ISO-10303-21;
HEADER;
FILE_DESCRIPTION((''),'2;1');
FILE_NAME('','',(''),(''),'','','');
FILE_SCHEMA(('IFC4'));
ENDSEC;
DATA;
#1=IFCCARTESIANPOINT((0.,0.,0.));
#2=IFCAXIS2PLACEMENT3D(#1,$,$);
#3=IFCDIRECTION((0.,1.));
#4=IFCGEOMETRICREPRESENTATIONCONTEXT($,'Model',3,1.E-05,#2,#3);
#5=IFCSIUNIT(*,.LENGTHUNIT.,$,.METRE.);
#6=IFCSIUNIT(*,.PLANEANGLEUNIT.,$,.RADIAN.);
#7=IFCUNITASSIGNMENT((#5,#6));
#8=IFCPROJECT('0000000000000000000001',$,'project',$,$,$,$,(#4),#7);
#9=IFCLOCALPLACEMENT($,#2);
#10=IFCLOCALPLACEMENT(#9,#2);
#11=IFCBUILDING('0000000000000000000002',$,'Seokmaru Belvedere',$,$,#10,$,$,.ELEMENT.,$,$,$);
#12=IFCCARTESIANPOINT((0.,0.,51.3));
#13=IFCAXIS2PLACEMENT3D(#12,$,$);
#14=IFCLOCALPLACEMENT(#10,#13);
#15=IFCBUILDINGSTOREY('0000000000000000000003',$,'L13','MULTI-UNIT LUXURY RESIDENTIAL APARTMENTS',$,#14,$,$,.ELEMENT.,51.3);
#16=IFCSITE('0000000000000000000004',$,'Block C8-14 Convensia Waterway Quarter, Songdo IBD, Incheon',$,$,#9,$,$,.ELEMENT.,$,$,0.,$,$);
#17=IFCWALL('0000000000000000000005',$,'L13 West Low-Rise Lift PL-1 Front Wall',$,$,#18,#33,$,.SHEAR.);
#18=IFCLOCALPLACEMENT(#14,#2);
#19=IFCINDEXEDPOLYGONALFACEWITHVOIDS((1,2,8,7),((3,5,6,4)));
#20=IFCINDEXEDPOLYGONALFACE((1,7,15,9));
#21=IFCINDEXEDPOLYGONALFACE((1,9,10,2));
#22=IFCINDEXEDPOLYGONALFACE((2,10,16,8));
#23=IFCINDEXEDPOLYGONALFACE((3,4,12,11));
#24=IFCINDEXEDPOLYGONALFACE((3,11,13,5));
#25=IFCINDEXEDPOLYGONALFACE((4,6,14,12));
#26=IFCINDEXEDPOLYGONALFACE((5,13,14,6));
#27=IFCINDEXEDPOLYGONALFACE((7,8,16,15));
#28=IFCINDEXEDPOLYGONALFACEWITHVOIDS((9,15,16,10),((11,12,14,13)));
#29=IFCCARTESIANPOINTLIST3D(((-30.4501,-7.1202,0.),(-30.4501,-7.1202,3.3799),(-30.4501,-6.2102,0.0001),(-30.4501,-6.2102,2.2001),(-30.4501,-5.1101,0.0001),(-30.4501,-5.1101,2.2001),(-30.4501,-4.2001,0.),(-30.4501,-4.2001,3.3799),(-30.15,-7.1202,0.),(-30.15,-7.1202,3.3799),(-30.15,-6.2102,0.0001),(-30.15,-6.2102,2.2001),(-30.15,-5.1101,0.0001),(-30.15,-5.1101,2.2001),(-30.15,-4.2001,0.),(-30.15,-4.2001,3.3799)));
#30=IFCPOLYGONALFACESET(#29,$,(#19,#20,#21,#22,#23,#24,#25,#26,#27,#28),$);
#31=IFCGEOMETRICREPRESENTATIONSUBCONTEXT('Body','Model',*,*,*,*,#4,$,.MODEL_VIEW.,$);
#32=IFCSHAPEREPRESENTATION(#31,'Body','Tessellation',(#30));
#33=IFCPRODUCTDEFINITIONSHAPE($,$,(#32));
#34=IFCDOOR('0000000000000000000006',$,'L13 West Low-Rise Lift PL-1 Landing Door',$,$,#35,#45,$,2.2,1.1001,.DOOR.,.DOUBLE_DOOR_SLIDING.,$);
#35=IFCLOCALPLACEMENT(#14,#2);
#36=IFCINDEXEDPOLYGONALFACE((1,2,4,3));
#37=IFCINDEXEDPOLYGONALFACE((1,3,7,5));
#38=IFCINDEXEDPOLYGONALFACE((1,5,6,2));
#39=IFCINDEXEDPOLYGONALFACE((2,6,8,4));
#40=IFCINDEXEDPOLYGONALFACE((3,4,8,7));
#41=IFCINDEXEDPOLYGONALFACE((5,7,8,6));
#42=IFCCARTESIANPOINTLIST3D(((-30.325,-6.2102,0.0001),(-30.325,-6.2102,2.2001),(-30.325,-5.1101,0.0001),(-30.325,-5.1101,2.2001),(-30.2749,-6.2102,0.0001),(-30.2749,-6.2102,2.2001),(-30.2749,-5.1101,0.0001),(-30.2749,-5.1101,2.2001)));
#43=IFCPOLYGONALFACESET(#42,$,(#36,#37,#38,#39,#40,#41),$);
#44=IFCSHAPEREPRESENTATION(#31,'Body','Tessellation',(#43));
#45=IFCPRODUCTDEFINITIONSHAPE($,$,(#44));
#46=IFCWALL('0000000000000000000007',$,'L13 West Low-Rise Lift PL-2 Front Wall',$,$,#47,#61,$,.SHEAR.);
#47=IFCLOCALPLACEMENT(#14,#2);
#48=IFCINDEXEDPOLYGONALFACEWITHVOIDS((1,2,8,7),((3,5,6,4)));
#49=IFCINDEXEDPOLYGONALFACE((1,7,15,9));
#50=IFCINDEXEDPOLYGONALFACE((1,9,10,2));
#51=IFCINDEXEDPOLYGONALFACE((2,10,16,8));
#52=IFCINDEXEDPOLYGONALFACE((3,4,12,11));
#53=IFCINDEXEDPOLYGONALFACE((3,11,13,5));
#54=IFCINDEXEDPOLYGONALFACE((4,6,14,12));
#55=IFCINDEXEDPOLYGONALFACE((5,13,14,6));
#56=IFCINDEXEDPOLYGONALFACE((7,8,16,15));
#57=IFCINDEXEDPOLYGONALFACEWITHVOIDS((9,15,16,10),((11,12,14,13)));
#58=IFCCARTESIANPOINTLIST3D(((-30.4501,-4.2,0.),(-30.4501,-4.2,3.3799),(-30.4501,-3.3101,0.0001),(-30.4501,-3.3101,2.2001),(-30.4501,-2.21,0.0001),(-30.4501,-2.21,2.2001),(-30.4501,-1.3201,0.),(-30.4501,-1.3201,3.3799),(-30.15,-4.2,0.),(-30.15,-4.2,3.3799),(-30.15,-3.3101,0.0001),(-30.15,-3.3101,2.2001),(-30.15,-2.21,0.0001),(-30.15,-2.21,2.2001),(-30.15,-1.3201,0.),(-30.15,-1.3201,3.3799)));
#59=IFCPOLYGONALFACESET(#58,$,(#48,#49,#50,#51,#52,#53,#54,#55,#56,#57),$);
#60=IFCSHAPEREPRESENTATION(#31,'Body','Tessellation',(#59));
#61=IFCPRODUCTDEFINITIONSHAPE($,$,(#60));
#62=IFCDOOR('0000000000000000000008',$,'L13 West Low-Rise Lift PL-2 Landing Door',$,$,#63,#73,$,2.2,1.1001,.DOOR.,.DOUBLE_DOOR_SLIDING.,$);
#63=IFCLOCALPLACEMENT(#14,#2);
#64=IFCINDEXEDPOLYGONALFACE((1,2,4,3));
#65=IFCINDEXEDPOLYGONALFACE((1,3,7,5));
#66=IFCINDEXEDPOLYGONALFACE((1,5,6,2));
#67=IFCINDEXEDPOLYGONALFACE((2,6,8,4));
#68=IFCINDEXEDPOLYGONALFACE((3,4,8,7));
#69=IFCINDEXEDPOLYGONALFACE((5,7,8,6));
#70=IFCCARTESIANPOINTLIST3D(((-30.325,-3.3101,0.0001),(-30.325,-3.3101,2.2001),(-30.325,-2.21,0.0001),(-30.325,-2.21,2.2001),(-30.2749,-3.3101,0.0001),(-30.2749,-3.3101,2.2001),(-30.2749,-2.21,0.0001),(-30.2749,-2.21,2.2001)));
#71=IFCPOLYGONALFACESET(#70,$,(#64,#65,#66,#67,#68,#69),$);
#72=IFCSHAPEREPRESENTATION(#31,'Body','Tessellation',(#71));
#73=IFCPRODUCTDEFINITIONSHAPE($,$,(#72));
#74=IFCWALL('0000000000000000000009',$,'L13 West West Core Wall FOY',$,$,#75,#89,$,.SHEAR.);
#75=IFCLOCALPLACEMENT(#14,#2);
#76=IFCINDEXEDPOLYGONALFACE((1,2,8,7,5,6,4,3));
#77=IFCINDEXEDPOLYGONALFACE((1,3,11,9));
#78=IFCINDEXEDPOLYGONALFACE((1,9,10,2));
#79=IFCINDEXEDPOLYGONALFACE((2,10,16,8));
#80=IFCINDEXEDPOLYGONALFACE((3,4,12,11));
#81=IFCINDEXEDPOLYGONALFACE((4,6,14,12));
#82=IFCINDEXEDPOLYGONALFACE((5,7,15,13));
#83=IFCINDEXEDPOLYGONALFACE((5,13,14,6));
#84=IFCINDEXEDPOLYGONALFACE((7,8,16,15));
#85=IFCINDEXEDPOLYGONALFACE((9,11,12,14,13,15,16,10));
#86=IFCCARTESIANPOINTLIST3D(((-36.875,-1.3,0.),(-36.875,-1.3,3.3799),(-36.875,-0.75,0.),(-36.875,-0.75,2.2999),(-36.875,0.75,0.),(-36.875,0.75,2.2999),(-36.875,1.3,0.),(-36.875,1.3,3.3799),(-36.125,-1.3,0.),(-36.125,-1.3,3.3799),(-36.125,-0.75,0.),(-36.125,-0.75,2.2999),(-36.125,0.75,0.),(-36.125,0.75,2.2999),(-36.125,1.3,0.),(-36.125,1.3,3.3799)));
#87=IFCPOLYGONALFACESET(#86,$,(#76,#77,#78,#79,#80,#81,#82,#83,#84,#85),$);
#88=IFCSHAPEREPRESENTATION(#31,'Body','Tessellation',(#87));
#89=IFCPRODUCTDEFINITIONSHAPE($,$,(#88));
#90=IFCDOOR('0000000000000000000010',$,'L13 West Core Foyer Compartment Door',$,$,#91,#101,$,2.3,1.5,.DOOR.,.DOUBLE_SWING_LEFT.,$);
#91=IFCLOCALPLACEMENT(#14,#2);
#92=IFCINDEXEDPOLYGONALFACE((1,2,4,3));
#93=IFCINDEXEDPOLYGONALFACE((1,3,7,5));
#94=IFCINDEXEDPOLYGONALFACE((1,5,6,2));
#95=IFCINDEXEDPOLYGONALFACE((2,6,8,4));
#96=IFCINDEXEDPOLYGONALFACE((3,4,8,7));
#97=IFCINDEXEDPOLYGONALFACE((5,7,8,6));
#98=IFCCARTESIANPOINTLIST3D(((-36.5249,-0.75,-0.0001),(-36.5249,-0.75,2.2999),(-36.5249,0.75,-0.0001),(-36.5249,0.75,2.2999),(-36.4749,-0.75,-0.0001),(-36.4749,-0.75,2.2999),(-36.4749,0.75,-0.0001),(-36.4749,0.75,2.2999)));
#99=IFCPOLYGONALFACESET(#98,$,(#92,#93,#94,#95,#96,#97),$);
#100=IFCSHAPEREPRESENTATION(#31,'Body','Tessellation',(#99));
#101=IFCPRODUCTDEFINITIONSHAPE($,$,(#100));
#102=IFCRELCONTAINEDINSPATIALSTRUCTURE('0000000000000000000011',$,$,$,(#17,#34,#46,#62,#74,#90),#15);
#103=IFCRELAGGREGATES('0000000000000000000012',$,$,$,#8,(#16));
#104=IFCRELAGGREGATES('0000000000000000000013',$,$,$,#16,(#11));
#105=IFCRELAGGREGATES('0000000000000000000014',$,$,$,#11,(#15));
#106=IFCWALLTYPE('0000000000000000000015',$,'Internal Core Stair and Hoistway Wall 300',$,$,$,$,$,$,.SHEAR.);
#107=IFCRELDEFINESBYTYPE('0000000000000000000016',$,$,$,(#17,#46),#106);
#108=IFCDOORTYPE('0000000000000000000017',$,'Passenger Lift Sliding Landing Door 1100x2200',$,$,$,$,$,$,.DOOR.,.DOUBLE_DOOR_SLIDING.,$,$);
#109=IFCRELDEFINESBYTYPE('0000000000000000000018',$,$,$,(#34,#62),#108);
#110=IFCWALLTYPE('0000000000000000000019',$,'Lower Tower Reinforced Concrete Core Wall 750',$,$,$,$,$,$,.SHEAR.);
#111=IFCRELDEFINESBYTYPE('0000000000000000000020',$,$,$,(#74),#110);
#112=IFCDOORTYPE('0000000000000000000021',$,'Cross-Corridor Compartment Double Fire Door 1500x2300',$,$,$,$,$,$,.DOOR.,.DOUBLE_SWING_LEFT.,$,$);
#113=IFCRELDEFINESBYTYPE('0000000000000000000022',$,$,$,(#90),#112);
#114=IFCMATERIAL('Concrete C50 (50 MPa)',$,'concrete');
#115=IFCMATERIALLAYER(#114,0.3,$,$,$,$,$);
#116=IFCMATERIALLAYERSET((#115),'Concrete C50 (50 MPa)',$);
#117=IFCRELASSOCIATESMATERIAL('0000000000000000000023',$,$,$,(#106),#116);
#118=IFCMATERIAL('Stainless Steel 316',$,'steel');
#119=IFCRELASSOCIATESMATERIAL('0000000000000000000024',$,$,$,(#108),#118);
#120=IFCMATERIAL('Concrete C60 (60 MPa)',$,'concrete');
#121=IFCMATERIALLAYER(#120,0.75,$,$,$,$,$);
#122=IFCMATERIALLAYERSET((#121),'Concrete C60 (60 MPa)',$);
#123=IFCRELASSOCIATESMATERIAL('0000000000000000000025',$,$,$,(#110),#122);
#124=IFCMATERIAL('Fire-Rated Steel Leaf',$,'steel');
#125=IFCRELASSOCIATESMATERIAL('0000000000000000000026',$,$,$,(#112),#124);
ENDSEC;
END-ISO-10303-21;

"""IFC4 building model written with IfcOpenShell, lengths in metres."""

from ifc_helpers import new_model, si_unit, direction, frame, frame_2d, origin, place, context, subcontext, project, spatial, rectangle, extrude, source, transform, mapped, material, layer, layer_set, type_object, type_shapes, element, fill, save


model = new_model("IFC4")

# Units and contexts
model_context = context("Model", 3, precision=1e-05, world=origin(), true_north=direction((0.0, 1.0)))
body_context = subcontext(model_context, "Body", "Model", "MODEL_VIEW")
ifc_project = project(units=[si_unit("LENGTHUNIT", "METRE"), si_unit("PLANEANGLEUNIT", "RADIAN")], contexts=[model_context])

# Site, building, storey
site_placement = place(None, origin())
site = spatial("IfcSite", under=ifc_project, at=site_placement, Name="Block C8-14 Convensia Waterway Quarter, Songdo IBD, Incheon", CompositionType="ELEMENT", RefElevation=0.0)
building_placement = place(site_placement, origin())
building = spatial("IfcBuilding", under=site, at=building_placement, Name="Seokmaru Belvedere", CompositionType="ELEMENT")
storey_placement = place(building_placement, frame((0.0, 0.0, 51.3)))
storey = spatial("IfcBuildingStorey", under=building, at=storey_placement, Name="L13", Description="MULTI-UNIT LUXURY RESIDENTIAL APARTMENTS", CompositionType="ELEMENT", Elevation=51.3)

# Shared definitions
ifc_material_1 = material(Name="Concrete C50 (50 MPa)", Category="concrete")

# Walls, openings, doors
ifc_layer_1 = layer(ifc_material_1, 0.3)
ifc_layer_set_1 = layer_set([ifc_layer_1], Name="Concrete C50 (50 MPa)")
wall_type_1 = type_object("IfcWallType", Name="Internal Core Stair and Hoistway Wall 300", PredefinedType="SHEAR", material=ifc_layer_set_1)
wall_1_placement = place(storey_placement, frame((-30.3, -7.1201, 0.0), z_axis=(0.0, 0.0, 1.0), x_axis=(0.0, 1.0, 0.0)))
wall_1 = element("IfcWall", 1, at=wall_1_placement, inside=storey, type_object=wall_type_1, Name="L13 West Low-Rise Lift PL-1 Front Wall", PredefinedType="SHEAR", context=body_context, shape_type="SweptSolid", body=[
    extrude(rectangle(XDim=2.9202, YDim=0.3, at=frame_2d((1.46, 0.0))), origin(), (0.0, 0.0, 1.0), 3.3799),
])
opening_1_placement = place(wall_1_placement, frame((0.9099, 0.0, 0.0)))
opening_1 = element("IfcOpeningElement", 2, at=opening_1_placement, cuts=wall_1, PredefinedType="OPENING", context=body_context, shape_type="SweptSolid", body=[
    extrude(rectangle(XDim=1.1001, YDim=2.2, at=frame_2d((0.55, 1.1001))), frame((0.0, 0.1602, 0.0), z_axis=(0.0, -1.0, 0.0), x_axis=(1.0, 0.0, 0.0)), (0.0, 0.0, 1.0), 0.3201),
])
ifc_material_2 = material(Name="Stainless Steel 316", Category="steel")
door_type_1 = type_object("IfcDoorType", Name="Passenger Lift Sliding Landing Door 1100x2200", OperationType="DOUBLE_DOOR_SLIDING", PredefinedType="DOOR", material=ifc_material_2)
shared_shape_1 = source(origin(), body_context, "Body", "SweptSolid", [
    extrude(rectangle(XDim=1.1001, YDim=2.2, at=frame_2d((0.55, 1.1001))), frame((0.0, 0.0249, 0.0), z_axis=(0.0, -1.0, 0.0), x_axis=(1.0, 0.0, 0.0)), (0.0, 0.0, 1.0), 0.05),
])
type_shapes(door_type_1, [shared_shape_1])
door_1_placement = place(opening_1_placement, origin())
door_1 = element("IfcDoor", 3, at=door_1_placement, inside=storey, type_object=door_type_1, Name="L13 West Low-Rise Lift PL-1 Landing Door", OperationType="DOUBLE_DOOR_SLIDING", OverallHeight=2.2, OverallWidth=1.1001, PredefinedType="DOOR", context=body_context, shape_type="MappedRepresentation", body=[
    mapped(shared_shape_1, transform((0.0, 0.0, 0.0), scale=1.0)),
])
fill(opening_1, door_1)
wall_2_placement = place(storey_placement, frame((-30.3, -4.2, 0.0), z_axis=(0.0, 0.0, 1.0), x_axis=(0.0, 1.0, 0.0)))
wall_2 = element("IfcWall", 4, at=wall_2_placement, inside=storey, type_object=wall_type_1, Name="L13 West Low-Rise Lift PL-2 Front Wall", PredefinedType="SHEAR", context=body_context, shape_type="SweptSolid", body=[
    extrude(rectangle(XDim=2.8799, YDim=0.3, at=frame_2d((1.4399, 0.0))), origin(), (0.0, 0.0, 1.0), 3.3799),
])
opening_2_placement = place(wall_2_placement, frame((0.8899, 0.0, 0.0)))
opening_2 = element("IfcOpeningElement", 5, at=opening_2_placement, cuts=wall_2, PredefinedType="OPENING", context=body_context, shape_type="SweptSolid", body=[
    extrude(rectangle(XDim=1.1001, YDim=2.2, at=frame_2d((0.55, 1.1001))), frame((0.0, 0.1602, 0.0), z_axis=(0.0, -1.0, 0.0), x_axis=(1.0, 0.0, 0.0)), (0.0, 0.0, 1.0), 0.3201),
])
door_2_placement = place(opening_2_placement, origin())
door_2 = element("IfcDoor", 6, at=door_2_placement, inside=storey, type_object=door_type_1, Name="L13 West Low-Rise Lift PL-2 Landing Door", OperationType="DOUBLE_DOOR_SLIDING", OverallHeight=2.2, OverallWidth=1.1001, PredefinedType="DOOR", context=body_context, shape_type="MappedRepresentation", body=[
    mapped(shared_shape_1, transform((0.0, 0.0, 0.0), scale=1.0)),
])
fill(opening_2, door_2)
ifc_material_3 = material(Name="Concrete C60 (60 MPa)", Category="concrete")
ifc_layer_2 = layer(ifc_material_3, 0.75)
ifc_layer_set_2 = layer_set([ifc_layer_2], Name="Concrete C60 (60 MPa)")
wall_type_2 = type_object("IfcWallType", Name="Lower Tower Reinforced Concrete Core Wall 750", PredefinedType="SHEAR", material=ifc_layer_set_2)
wall_3_placement = place(storey_placement, frame((-36.5, -1.3, 0.0), z_axis=(0.0, 0.0, 1.0), x_axis=(0.0, 1.0, 0.0)))
wall_3 = element("IfcWall", 7, at=wall_3_placement, inside=storey, type_object=wall_type_2, Name="L13 West West Core Wall FOY", PredefinedType="SHEAR", context=body_context, shape_type="SweptSolid", body=[
    extrude(rectangle(XDim=2.6001, YDim=0.75, at=frame_2d((1.3, 0.0))), origin(), (0.0, 0.0, 1.0), 3.3799),
])
opening_3_placement = place(wall_3_placement, frame((0.55, 0.0, 0.0)))
opening_3 = element("IfcOpeningElement", 8, at=opening_3_placement, cuts=wall_3, PredefinedType="OPENING", context=body_context, shape_type="SweptSolid", body=[
    extrude(rectangle(XDim=1.5, YDim=2.3, at=frame_2d((0.75, 1.1499))), frame((0.0, 0.385, 0.0), z_axis=(0.0, -1.0, 0.0), x_axis=(1.0, 0.0, 0.0)), (0.0, 0.0, 1.0), 0.77),
])
ifc_material_4 = material(Name="Fire-Rated Steel Leaf", Category="steel")
door_type_2 = type_object("IfcDoorType", Name="Cross-Corridor Compartment Double Fire Door 1500x2300", OperationType="DOUBLE_SWING_LEFT", PredefinedType="DOOR", material=ifc_material_4)
shared_shape_2 = source(origin(), body_context, "Body", "SweptSolid", [
    extrude(rectangle(XDim=1.5, YDim=2.3, at=frame_2d((0.75, 1.1499))), frame((0.0, 0.0249, 0.0), z_axis=(0.0, -1.0, 0.0), x_axis=(1.0, 0.0, 0.0)), (0.0, 0.0, 1.0), 0.05),
])
type_shapes(door_type_2, [shared_shape_2])
door_3_placement = place(opening_3_placement, origin())
door_3 = element("IfcDoor", 9, at=door_3_placement, inside=storey, type_object=door_type_2, Name="L13 West Core Foyer Compartment Door", OperationType="DOUBLE_SWING_LEFT", OverallHeight=2.3, OverallWidth=1.5, PredefinedType="DOOR", context=body_context, shape_type="MappedRepresentation", body=[
    mapped(shared_shape_2, transform((0.0, 0.0, 0.0), scale=1.0)),
])
fill(opening_3, door_3)

save(model, "model.ifc")
